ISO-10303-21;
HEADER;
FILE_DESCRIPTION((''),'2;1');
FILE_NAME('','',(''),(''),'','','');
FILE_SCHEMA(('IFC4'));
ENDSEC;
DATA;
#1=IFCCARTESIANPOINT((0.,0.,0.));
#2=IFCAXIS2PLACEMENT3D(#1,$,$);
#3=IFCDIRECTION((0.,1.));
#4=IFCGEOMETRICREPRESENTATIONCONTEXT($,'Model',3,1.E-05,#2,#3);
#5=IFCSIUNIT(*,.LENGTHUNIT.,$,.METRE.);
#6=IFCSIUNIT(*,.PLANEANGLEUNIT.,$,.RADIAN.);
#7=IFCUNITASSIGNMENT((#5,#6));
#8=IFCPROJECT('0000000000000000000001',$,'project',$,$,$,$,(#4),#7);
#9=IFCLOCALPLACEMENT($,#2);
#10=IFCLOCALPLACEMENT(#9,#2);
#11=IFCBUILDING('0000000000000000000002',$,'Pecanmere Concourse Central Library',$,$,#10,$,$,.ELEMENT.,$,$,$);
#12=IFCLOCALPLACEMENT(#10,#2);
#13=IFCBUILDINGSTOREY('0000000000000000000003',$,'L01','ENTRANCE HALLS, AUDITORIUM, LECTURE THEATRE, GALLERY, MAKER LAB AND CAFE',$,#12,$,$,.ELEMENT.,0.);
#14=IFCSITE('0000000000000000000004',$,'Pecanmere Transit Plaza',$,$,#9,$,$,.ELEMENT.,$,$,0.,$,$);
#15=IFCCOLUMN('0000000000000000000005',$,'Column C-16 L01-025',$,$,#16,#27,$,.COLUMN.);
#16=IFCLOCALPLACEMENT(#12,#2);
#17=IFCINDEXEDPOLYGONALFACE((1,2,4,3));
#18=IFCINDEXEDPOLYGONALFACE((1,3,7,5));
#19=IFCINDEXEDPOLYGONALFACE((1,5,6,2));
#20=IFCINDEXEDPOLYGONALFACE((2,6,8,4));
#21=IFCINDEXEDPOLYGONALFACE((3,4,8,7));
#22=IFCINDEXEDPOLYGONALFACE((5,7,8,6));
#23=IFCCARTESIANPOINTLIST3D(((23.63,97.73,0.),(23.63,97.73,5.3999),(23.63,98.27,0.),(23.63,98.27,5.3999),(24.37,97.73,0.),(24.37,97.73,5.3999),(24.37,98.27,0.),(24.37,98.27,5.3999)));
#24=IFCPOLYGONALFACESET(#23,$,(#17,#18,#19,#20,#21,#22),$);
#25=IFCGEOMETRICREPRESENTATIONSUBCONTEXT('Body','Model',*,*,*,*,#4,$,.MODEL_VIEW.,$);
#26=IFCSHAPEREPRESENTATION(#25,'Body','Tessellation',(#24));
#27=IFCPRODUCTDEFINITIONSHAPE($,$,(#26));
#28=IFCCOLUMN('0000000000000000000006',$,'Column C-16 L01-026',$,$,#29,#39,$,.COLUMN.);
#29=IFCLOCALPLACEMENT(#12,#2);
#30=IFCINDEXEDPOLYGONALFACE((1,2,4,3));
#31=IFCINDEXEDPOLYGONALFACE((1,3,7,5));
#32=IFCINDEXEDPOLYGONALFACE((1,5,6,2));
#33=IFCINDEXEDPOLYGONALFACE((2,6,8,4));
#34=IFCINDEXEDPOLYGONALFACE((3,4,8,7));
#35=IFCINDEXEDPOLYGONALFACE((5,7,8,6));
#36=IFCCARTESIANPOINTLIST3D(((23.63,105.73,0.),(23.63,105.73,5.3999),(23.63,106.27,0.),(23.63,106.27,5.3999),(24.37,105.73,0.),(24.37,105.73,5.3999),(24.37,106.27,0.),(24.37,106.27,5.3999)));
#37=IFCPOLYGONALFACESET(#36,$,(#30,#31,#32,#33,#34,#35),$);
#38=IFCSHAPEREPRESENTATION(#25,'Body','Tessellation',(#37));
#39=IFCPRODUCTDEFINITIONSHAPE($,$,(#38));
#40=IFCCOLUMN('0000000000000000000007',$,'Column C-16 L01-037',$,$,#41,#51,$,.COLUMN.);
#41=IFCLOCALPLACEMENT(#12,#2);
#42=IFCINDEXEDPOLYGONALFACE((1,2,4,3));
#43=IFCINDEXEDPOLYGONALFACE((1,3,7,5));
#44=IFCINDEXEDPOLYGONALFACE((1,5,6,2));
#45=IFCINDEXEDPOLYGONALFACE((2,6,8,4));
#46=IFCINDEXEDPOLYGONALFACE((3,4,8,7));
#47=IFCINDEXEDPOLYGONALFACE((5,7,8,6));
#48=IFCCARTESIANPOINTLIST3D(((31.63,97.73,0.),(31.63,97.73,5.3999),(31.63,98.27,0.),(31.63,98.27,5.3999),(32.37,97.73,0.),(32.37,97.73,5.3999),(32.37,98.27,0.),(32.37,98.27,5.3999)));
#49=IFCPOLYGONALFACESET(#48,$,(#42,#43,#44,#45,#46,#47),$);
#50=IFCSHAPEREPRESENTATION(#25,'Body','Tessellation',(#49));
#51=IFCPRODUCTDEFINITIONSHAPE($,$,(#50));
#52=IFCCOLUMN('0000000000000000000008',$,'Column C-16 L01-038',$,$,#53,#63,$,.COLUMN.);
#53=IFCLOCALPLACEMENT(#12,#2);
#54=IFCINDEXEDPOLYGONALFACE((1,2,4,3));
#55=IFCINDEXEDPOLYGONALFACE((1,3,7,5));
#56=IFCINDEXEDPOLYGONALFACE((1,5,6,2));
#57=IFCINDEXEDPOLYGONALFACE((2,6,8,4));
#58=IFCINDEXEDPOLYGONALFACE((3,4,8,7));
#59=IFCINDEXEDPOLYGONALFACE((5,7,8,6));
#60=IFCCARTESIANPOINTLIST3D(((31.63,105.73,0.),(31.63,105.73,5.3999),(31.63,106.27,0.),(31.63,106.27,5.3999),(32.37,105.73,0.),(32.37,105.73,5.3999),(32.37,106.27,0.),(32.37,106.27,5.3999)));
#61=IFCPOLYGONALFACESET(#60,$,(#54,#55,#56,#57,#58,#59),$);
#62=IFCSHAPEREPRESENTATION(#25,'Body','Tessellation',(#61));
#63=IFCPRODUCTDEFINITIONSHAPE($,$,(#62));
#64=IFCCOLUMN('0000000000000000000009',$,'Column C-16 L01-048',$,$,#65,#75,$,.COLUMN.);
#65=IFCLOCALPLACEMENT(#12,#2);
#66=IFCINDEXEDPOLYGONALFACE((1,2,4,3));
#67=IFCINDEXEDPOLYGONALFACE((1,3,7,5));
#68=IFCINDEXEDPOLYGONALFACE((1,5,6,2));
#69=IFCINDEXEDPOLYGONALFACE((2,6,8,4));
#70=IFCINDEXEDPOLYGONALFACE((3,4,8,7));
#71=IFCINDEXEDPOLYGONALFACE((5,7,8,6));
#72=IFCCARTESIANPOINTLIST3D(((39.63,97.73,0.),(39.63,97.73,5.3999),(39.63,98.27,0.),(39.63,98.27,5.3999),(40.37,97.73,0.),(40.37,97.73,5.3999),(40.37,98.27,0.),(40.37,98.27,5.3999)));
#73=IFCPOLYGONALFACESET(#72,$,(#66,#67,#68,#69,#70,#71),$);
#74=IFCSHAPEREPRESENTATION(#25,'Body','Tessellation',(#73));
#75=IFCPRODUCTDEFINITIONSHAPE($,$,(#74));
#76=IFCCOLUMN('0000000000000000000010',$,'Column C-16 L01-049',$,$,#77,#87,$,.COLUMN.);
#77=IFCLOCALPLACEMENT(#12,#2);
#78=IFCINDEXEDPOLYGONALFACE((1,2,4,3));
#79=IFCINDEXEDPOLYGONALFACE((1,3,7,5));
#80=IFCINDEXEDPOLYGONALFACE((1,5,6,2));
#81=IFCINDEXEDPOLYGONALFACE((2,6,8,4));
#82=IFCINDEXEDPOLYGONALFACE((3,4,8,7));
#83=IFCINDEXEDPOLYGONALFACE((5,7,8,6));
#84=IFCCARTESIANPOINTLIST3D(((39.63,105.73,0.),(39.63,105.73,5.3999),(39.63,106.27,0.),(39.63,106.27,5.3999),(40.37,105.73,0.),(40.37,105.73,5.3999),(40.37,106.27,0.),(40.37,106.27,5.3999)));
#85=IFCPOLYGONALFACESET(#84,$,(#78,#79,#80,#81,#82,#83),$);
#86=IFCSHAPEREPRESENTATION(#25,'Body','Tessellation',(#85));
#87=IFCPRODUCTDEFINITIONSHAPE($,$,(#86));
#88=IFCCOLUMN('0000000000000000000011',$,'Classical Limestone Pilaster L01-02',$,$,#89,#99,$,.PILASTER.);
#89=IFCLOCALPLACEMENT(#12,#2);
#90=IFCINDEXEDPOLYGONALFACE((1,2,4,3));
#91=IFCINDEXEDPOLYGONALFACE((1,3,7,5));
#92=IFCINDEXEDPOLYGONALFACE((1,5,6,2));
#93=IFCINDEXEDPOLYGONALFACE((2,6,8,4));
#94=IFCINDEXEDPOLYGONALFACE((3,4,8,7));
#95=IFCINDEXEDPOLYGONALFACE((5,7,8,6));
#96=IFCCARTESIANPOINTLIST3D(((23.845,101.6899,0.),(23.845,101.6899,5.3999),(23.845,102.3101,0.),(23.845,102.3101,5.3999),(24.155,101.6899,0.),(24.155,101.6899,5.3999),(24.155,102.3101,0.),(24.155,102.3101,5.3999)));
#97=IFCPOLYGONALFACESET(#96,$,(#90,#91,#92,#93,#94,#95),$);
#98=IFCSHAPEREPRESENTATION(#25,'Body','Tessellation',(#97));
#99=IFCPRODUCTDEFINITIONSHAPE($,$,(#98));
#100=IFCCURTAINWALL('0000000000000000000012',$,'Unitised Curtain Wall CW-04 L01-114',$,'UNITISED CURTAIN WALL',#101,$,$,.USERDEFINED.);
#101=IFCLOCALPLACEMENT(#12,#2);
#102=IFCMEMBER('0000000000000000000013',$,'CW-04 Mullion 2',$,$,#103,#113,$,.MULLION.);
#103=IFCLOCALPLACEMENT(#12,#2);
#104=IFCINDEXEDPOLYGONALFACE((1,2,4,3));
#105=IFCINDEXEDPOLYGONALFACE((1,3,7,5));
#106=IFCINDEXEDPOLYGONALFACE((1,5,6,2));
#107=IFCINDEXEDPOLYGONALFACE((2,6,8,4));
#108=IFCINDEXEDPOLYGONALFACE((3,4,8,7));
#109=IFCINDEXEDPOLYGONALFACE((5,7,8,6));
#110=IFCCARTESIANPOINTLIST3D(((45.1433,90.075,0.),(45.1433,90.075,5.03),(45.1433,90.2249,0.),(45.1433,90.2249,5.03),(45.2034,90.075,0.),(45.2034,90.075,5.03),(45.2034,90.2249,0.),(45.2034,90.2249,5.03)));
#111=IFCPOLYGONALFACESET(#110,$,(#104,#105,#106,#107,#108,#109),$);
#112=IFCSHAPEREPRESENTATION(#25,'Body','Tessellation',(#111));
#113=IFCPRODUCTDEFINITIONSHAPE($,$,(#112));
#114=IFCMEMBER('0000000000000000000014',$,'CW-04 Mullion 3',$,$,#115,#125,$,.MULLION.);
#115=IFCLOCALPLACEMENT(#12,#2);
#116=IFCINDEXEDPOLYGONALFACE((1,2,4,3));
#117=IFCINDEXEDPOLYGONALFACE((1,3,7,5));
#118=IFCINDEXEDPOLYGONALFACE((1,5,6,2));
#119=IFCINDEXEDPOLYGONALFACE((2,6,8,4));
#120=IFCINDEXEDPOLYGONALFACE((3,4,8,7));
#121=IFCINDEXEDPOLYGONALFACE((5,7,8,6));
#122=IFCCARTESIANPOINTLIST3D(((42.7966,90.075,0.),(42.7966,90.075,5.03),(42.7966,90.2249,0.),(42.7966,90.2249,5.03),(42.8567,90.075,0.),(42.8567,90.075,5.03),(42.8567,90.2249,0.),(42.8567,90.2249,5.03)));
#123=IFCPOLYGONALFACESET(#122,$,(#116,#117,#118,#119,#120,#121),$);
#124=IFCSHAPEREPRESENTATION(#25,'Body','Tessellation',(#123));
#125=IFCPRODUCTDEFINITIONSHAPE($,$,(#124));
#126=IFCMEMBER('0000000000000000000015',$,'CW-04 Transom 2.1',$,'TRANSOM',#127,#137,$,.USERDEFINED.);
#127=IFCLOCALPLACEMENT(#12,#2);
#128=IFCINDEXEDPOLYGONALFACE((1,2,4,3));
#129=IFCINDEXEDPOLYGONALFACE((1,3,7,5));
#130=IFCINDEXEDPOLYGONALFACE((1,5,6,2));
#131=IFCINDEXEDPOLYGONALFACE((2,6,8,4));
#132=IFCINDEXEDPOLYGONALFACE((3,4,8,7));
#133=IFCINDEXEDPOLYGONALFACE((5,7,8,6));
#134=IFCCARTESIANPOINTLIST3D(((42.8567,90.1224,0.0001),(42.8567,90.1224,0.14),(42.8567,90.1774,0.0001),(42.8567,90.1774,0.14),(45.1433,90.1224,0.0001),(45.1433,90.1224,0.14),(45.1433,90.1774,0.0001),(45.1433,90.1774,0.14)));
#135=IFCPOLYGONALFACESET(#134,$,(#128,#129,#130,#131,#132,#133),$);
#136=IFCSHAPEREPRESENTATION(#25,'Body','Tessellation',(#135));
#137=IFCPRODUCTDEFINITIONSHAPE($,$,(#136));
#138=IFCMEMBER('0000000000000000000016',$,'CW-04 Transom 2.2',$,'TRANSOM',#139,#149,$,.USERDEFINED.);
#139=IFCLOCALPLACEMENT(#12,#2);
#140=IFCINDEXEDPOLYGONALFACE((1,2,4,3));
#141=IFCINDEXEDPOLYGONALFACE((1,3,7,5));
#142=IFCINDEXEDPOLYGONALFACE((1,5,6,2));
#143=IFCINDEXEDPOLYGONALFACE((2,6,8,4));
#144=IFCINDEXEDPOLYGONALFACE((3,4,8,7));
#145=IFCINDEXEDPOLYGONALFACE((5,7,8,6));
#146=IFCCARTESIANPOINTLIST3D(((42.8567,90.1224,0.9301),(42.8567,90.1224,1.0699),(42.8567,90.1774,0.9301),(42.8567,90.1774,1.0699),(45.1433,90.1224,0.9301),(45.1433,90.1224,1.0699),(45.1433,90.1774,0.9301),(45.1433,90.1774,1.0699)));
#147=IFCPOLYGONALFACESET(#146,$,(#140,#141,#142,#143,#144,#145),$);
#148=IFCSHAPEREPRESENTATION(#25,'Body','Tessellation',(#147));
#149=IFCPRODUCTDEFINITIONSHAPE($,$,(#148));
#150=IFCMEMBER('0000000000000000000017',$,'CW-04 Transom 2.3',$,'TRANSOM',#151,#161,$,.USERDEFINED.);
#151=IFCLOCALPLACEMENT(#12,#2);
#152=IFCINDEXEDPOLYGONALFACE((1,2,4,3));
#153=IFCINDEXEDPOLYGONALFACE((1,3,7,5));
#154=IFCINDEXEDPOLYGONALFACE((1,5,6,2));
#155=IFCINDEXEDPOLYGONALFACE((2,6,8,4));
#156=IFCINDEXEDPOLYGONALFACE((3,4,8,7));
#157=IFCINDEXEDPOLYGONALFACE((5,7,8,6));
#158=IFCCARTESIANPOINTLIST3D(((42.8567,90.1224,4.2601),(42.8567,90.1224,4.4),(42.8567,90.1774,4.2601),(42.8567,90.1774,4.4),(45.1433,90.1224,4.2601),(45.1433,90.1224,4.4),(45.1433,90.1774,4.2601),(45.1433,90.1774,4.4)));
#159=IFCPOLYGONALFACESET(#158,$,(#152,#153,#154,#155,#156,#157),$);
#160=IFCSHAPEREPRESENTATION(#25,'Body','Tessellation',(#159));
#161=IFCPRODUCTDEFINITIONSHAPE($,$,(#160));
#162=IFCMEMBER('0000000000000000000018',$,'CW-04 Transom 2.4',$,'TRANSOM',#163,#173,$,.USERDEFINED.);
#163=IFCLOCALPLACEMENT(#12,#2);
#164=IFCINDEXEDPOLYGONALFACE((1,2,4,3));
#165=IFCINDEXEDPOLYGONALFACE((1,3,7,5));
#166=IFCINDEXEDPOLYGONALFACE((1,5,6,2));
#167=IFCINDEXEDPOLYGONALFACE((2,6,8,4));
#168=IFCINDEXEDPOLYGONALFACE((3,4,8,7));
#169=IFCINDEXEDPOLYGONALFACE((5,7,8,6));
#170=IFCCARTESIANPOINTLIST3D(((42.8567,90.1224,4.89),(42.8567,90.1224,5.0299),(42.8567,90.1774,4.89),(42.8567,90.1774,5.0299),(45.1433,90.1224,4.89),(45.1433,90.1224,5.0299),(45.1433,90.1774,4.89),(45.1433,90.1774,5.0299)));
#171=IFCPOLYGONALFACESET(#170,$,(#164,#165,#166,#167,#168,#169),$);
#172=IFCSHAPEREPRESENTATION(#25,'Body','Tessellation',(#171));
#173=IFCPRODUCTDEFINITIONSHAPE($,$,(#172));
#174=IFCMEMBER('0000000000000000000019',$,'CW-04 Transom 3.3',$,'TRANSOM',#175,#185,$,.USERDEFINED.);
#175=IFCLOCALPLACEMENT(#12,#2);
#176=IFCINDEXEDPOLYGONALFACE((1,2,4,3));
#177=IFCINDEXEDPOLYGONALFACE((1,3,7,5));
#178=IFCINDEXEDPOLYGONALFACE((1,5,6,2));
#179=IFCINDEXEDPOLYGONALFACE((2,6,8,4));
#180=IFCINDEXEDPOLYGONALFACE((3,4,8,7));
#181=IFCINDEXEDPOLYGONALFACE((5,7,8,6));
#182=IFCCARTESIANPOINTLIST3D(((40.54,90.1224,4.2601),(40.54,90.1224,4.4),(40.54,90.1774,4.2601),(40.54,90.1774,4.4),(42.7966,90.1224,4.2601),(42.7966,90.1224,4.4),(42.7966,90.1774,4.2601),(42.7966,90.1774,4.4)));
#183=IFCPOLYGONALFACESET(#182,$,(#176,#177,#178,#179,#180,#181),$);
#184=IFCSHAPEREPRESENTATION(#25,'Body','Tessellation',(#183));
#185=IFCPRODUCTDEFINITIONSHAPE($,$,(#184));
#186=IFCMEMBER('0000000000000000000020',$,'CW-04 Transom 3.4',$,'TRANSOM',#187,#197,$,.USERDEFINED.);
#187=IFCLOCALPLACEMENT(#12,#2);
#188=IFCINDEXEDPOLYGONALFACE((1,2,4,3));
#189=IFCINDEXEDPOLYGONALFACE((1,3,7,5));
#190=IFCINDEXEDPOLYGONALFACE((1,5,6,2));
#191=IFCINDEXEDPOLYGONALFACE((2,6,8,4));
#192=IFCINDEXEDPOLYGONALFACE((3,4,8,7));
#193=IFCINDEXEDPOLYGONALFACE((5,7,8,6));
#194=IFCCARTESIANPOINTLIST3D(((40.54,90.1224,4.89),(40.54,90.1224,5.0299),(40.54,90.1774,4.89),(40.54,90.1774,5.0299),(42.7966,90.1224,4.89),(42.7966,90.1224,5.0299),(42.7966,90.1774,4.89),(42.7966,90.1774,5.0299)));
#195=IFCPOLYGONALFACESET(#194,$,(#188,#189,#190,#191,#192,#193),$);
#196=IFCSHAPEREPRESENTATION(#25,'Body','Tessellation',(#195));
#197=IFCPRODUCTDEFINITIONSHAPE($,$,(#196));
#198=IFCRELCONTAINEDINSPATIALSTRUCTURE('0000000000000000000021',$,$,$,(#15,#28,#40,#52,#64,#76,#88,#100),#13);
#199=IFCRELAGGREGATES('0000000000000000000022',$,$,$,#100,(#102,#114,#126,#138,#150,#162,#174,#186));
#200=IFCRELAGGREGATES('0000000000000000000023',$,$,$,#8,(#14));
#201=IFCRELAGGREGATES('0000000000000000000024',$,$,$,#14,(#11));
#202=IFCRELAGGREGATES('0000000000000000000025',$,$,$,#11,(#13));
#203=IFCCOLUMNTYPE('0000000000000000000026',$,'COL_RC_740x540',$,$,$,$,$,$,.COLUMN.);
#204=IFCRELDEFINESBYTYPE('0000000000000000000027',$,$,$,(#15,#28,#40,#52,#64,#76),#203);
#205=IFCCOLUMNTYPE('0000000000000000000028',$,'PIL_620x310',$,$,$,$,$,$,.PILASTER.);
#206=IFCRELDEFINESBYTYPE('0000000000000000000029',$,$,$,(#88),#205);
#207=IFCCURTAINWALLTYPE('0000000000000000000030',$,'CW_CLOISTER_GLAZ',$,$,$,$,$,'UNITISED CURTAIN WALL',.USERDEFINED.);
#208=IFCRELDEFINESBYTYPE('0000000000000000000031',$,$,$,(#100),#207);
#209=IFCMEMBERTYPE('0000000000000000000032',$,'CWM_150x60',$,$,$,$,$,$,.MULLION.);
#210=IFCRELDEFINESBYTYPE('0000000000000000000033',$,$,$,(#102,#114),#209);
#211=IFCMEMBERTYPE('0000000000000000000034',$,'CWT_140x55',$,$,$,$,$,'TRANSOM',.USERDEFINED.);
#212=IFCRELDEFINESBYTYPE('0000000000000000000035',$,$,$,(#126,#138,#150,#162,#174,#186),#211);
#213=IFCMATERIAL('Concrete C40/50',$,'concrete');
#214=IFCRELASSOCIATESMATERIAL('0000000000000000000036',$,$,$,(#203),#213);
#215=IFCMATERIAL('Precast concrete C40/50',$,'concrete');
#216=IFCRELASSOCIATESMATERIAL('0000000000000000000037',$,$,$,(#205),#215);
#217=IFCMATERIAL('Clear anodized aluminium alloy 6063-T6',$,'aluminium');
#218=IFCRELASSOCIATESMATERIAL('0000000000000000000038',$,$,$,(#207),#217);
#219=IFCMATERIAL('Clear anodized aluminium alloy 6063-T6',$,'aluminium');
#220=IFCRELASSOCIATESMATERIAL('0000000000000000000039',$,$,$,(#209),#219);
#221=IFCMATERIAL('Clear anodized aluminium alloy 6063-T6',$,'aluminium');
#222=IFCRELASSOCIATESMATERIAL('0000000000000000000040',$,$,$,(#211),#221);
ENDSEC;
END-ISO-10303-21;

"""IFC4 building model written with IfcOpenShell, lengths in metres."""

from ifc_helpers import new_model, si_unit, direction, frame, origin, origin_2d, place, context, subcontext, project, spatial, rectangle, extrude, material, material_profile, profile_set, type_object, element, aggregate, save


model = new_model("IFC4")

# Units and contexts
model_context = context("Model", 3, precision=1e-05, world=origin(), true_north=direction((0.0, 1.0)))
body_context = subcontext(model_context, "Body", "Model", "MODEL_VIEW")
ifc_project = project(units=[si_unit("LENGTHUNIT", "METRE"), si_unit("PLANEANGLEUNIT", "RADIAN")], contexts=[model_context])

# Site, building, storey
site_placement = place(None, origin())
site = spatial("IfcSite", under=ifc_project, at=site_placement, Name="Pecanmere Transit Plaza", CompositionType="ELEMENT", RefElevation=0.0)
building_placement = place(site_placement, origin())
building = spatial("IfcBuilding", under=site, at=building_placement, Name="Pecanmere Concourse Central Library", CompositionType="ELEMENT")
storey_placement = place(building_placement, origin())
storey = spatial("IfcBuildingStorey", under=building, at=storey_placement, Name="L01", Description="ENTRANCE HALLS, AUDITORIUM, LECTURE THEATRE, GALLERY, MAKER LAB AND CAFE", CompositionType="ELEMENT", Elevation=0.0)

# Columns
ifc_material_1 = material(Name="Concrete C40/50", Category="concrete")
ifc_material_profile_1 = material_profile(ifc_material_1, rectangle(XDim=0.74, YDim=0.54, at=origin_2d()), Name="RC 740x540")
ifc_profile_set_1 = profile_set([ifc_material_profile_1], Name="Concrete C40/50")
column_type_1 = type_object("IfcColumnType", Name="COL_RC_740x540", PredefinedType="COLUMN", material=ifc_profile_set_1)
for number, where, z_axis, x_axis, name in (
    (1, (24.0, 98.0, 0.0), (0.0, 0.0, 1.0), (1.0, 0.0, 0.0), "Column C-16 L01-025"),
    (2, (24.0, 106.0, 0.0), (0.0, 0.0, 1.0), (1.0, 0.0, 0.0), "Column C-16 L01-026"),
    (3, (32.0, 98.0, 0.0), (0.0, 0.0, 1.0), (1.0, 0.0, 0.0), "Column C-16 L01-037"),
    (4, (32.0, 106.0, 0.0), (0.0, 0.0, 1.0), (1.0, 0.0, 0.0), "Column C-16 L01-038"),
    (5, (40.0, 98.0, 0.0), (0.0, 0.0, 1.0), (1.0, 0.0, 0.0), "Column C-16 L01-048"),
    (6, (40.0, 106.0, 0.0), (0.0, 0.0, 1.0), (1.0, 0.0, 0.0), "Column C-16 L01-049"),
):
    element("IfcColumn", number, at=place(storey_placement, frame(where, z_axis=z_axis, x_axis=x_axis)), inside=storey, type_object=column_type_1, Name=name, PredefinedType="COLUMN", context=body_context, shape_type="SweptSolid", body=[
        extrude(rectangle(XDim=0.74, YDim=0.54, at=origin_2d()), origin(), (0.0, 0.0, 1.0), 5.3999),
    ])
ifc_material_2 = material(Name="Precast concrete C40/50", Category="concrete")
ifc_material_profile_2 = material_profile(ifc_material_2, rectangle(XDim=0.6201, YDim=0.3101, at=origin_2d()), Name="RC 620x310")
ifc_profile_set_2 = profile_set([ifc_material_profile_2], Name="Precast concrete C40/50")
column_type_2 = type_object("IfcColumnType", Name="PIL_620x310", PredefinedType="PILASTER", material=ifc_profile_set_2)
column_placement = place(storey_placement, frame((24.0, 102.0, 0.0), z_axis=(0.0, 0.0, 1.0), x_axis=(0.0, 1.0, 0.0)))
element("IfcColumn", 7, at=column_placement, inside=storey, type_object=column_type_2, Name="Classical Limestone Pilaster L01-02", PredefinedType="PILASTER", context=body_context, shape_type="SweptSolid", body=[
    extrude(rectangle(XDim=0.6201, YDim=0.3101, at=origin_2d()), origin(), (0.0, 0.0, 1.0), 5.3999),
])

# Curtain wall, members
ifc_material_3 = material(Name="Clear anodized aluminium alloy 6063-T6", Category="aluminium")
curtain_wall_type = type_object("IfcCurtainWallType", Name="CW_CLOISTER_GLAZ", ElementType="UNITISED CURTAIN WALL", PredefinedType="USERDEFINED", material=ifc_material_3)
curtain_wall_placement = place(storey_placement, origin())
curtain_wall = element("IfcCurtainWall", 8, at=curtain_wall_placement, inside=storey, type_object=curtain_wall_type, Name="Unitised Curtain Wall CW-04 L01-114", ObjectType="UNITISED CURTAIN WALL", PredefinedType="USERDEFINED")
ifc_material_4 = material(Name="Clear anodized aluminium alloy 6063-T6", Category="aluminium")
ifc_material_profile_3 = material_profile(ifc_material_4, rectangle(XDim=0.0601, YDim=0.1499, at=origin_2d()), Name="AL 60x150")
ifc_profile_set_3 = profile_set([ifc_material_profile_3], Name="Clear anodized aluminium alloy 6063-T6")
member_type_1 = type_object("IfcMemberType", Name="CWM_150x60", PredefinedType="MULLION", material=ifc_profile_set_3)
member_1_placement = place(storey_placement, frame((45.1733, 90.1499, 0.0), z_axis=(0.0, 0.0, 1.0), x_axis=(-1.0, 0.0, 0.0)))
member_1 = element("IfcMember", 9, at=member_1_placement, type_object=member_type_1, Name="CW-04 Mullion 2", PredefinedType="MULLION", context=body_context, shape_type="SweptSolid", body=[
    extrude(rectangle(XDim=0.0601, YDim=0.1499, at=origin_2d()), origin(), (0.0, 0.0, 1.0), 5.03),
])
member_2_placement = place(storey_placement, frame((42.8267, 90.1499, 0.0), z_axis=(0.0, 0.0, 1.0), x_axis=(-1.0, 0.0, 0.0)))
member_2 = element("IfcMember", 10, at=member_2_placement, type_object=member_type_1, Name="CW-04 Mullion 3", PredefinedType="MULLION", context=body_context, shape_type="SweptSolid", body=[
    extrude(rectangle(XDim=0.0601, YDim=0.1499, at=origin_2d()), origin(), (0.0, 0.0, 1.0), 5.03),
])
ifc_material_5 = material(Name="Clear anodized aluminium alloy 6063-T6", Category="aluminium")
ifc_material_profile_4 = material_profile(ifc_material_5, rectangle(XDim=0.0549, YDim=0.1399, at=origin_2d()), Name="AL 55x140")
ifc_profile_set_4 = profile_set([ifc_material_profile_4], Name="Clear anodized aluminium alloy 6063-T6")
member_type_2 = type_object("IfcMemberType", Name="CWT_140x55", ElementType="TRANSOM", PredefinedType="USERDEFINED", material=ifc_profile_set_4)
member_3_placement = place(storey_placement, frame((45.1433, 90.1499, 0.0701), z_axis=(-1.0, 0.0, 0.0), x_axis=(0.0, -1.0, 0.0)))
member_3 = element("IfcMember", 11, at=member_3_placement, type_object=member_type_2, Name="CW-04 Transom 2.1", ObjectType="TRANSOM", PredefinedType="USERDEFINED", context=body_context, shape_type="SweptSolid", body=[
    extrude(rectangle(XDim=0.0549, YDim=0.1399, at=origin_2d()), origin(), (0.0, 0.0, 1.0), 2.2866),
])
member_4_placement = place(storey_placement, frame((45.1433, 90.1499, 1.0), z_axis=(-1.0, 0.0, 0.0), x_axis=(0.0, -1.0, 0.0)))
member_4 = element("IfcMember", 12, at=member_4_placement, type_object=member_type_2, Name="CW-04 Transom 2.2", ObjectType="TRANSOM", PredefinedType="USERDEFINED", context=body_context, shape_type="SweptSolid", body=[
    extrude(rectangle(XDim=0.0549, YDim=0.1399, at=origin_2d()), origin(), (0.0, 0.0, 1.0), 2.2866),
])
member_5_placement = place(storey_placement, frame((45.1433, 90.1499, 4.3301), z_axis=(-1.0, 0.0, 0.0), x_axis=(0.0, -1.0, 0.0)))
member_5 = element("IfcMember", 13, at=member_5_placement, type_object=member_type_2, Name="CW-04 Transom 2.3", ObjectType="TRANSOM", PredefinedType="USERDEFINED", context=body_context, shape_type="SweptSolid", body=[
    extrude(rectangle(XDim=0.0549, YDim=0.1399, at=origin_2d()), origin(), (0.0, 0.0, 1.0), 2.2866),
])
member_6_placement = place(storey_placement, frame((45.1433, 90.1499, 4.96), z_axis=(-1.0, 0.0, 0.0), x_axis=(0.0, -1.0, 0.0)))
member_6 = element("IfcMember", 14, at=member_6_placement, type_object=member_type_2, Name="CW-04 Transom 2.4", ObjectType="TRANSOM", PredefinedType="USERDEFINED", context=body_context, shape_type="SweptSolid", body=[
    extrude(rectangle(XDim=0.0549, YDim=0.1399, at=origin_2d()), origin(), (0.0, 0.0, 1.0), 2.2866),
])
member_7_placement = place(storey_placement, frame((42.7966, 90.1499, 4.3301), z_axis=(-1.0, 0.0, 0.0), x_axis=(0.0, -1.0, 0.0)))
member_7 = element("IfcMember", 15, at=member_7_placement, type_object=member_type_2, Name="CW-04 Transom 3.3", ObjectType="TRANSOM", PredefinedType="USERDEFINED", context=body_context, shape_type="SweptSolid", body=[
    extrude(rectangle(XDim=0.0549, YDim=0.1399, at=origin_2d()), origin(), (0.0, 0.0, 1.0), 2.2566),
])
member_8_placement = place(storey_placement, frame((42.7966, 90.1499, 4.96), z_axis=(-1.0, 0.0, 0.0), x_axis=(0.0, -1.0, 0.0)))
member_8 = element("IfcMember", 16, at=member_8_placement, type_object=member_type_2, Name="CW-04 Transom 3.4", ObjectType="TRANSOM", PredefinedType="USERDEFINED", context=body_context, shape_type="SweptSolid", body=[
    extrude(rectangle(XDim=0.0549, YDim=0.1399, at=origin_2d()), origin(), (0.0, 0.0, 1.0), 2.2566),
])
aggregate(curtain_wall, [member_1, member_2, member_3, member_4, member_5, member_6, member_7, member_8])

save(model, "model.ifc")
